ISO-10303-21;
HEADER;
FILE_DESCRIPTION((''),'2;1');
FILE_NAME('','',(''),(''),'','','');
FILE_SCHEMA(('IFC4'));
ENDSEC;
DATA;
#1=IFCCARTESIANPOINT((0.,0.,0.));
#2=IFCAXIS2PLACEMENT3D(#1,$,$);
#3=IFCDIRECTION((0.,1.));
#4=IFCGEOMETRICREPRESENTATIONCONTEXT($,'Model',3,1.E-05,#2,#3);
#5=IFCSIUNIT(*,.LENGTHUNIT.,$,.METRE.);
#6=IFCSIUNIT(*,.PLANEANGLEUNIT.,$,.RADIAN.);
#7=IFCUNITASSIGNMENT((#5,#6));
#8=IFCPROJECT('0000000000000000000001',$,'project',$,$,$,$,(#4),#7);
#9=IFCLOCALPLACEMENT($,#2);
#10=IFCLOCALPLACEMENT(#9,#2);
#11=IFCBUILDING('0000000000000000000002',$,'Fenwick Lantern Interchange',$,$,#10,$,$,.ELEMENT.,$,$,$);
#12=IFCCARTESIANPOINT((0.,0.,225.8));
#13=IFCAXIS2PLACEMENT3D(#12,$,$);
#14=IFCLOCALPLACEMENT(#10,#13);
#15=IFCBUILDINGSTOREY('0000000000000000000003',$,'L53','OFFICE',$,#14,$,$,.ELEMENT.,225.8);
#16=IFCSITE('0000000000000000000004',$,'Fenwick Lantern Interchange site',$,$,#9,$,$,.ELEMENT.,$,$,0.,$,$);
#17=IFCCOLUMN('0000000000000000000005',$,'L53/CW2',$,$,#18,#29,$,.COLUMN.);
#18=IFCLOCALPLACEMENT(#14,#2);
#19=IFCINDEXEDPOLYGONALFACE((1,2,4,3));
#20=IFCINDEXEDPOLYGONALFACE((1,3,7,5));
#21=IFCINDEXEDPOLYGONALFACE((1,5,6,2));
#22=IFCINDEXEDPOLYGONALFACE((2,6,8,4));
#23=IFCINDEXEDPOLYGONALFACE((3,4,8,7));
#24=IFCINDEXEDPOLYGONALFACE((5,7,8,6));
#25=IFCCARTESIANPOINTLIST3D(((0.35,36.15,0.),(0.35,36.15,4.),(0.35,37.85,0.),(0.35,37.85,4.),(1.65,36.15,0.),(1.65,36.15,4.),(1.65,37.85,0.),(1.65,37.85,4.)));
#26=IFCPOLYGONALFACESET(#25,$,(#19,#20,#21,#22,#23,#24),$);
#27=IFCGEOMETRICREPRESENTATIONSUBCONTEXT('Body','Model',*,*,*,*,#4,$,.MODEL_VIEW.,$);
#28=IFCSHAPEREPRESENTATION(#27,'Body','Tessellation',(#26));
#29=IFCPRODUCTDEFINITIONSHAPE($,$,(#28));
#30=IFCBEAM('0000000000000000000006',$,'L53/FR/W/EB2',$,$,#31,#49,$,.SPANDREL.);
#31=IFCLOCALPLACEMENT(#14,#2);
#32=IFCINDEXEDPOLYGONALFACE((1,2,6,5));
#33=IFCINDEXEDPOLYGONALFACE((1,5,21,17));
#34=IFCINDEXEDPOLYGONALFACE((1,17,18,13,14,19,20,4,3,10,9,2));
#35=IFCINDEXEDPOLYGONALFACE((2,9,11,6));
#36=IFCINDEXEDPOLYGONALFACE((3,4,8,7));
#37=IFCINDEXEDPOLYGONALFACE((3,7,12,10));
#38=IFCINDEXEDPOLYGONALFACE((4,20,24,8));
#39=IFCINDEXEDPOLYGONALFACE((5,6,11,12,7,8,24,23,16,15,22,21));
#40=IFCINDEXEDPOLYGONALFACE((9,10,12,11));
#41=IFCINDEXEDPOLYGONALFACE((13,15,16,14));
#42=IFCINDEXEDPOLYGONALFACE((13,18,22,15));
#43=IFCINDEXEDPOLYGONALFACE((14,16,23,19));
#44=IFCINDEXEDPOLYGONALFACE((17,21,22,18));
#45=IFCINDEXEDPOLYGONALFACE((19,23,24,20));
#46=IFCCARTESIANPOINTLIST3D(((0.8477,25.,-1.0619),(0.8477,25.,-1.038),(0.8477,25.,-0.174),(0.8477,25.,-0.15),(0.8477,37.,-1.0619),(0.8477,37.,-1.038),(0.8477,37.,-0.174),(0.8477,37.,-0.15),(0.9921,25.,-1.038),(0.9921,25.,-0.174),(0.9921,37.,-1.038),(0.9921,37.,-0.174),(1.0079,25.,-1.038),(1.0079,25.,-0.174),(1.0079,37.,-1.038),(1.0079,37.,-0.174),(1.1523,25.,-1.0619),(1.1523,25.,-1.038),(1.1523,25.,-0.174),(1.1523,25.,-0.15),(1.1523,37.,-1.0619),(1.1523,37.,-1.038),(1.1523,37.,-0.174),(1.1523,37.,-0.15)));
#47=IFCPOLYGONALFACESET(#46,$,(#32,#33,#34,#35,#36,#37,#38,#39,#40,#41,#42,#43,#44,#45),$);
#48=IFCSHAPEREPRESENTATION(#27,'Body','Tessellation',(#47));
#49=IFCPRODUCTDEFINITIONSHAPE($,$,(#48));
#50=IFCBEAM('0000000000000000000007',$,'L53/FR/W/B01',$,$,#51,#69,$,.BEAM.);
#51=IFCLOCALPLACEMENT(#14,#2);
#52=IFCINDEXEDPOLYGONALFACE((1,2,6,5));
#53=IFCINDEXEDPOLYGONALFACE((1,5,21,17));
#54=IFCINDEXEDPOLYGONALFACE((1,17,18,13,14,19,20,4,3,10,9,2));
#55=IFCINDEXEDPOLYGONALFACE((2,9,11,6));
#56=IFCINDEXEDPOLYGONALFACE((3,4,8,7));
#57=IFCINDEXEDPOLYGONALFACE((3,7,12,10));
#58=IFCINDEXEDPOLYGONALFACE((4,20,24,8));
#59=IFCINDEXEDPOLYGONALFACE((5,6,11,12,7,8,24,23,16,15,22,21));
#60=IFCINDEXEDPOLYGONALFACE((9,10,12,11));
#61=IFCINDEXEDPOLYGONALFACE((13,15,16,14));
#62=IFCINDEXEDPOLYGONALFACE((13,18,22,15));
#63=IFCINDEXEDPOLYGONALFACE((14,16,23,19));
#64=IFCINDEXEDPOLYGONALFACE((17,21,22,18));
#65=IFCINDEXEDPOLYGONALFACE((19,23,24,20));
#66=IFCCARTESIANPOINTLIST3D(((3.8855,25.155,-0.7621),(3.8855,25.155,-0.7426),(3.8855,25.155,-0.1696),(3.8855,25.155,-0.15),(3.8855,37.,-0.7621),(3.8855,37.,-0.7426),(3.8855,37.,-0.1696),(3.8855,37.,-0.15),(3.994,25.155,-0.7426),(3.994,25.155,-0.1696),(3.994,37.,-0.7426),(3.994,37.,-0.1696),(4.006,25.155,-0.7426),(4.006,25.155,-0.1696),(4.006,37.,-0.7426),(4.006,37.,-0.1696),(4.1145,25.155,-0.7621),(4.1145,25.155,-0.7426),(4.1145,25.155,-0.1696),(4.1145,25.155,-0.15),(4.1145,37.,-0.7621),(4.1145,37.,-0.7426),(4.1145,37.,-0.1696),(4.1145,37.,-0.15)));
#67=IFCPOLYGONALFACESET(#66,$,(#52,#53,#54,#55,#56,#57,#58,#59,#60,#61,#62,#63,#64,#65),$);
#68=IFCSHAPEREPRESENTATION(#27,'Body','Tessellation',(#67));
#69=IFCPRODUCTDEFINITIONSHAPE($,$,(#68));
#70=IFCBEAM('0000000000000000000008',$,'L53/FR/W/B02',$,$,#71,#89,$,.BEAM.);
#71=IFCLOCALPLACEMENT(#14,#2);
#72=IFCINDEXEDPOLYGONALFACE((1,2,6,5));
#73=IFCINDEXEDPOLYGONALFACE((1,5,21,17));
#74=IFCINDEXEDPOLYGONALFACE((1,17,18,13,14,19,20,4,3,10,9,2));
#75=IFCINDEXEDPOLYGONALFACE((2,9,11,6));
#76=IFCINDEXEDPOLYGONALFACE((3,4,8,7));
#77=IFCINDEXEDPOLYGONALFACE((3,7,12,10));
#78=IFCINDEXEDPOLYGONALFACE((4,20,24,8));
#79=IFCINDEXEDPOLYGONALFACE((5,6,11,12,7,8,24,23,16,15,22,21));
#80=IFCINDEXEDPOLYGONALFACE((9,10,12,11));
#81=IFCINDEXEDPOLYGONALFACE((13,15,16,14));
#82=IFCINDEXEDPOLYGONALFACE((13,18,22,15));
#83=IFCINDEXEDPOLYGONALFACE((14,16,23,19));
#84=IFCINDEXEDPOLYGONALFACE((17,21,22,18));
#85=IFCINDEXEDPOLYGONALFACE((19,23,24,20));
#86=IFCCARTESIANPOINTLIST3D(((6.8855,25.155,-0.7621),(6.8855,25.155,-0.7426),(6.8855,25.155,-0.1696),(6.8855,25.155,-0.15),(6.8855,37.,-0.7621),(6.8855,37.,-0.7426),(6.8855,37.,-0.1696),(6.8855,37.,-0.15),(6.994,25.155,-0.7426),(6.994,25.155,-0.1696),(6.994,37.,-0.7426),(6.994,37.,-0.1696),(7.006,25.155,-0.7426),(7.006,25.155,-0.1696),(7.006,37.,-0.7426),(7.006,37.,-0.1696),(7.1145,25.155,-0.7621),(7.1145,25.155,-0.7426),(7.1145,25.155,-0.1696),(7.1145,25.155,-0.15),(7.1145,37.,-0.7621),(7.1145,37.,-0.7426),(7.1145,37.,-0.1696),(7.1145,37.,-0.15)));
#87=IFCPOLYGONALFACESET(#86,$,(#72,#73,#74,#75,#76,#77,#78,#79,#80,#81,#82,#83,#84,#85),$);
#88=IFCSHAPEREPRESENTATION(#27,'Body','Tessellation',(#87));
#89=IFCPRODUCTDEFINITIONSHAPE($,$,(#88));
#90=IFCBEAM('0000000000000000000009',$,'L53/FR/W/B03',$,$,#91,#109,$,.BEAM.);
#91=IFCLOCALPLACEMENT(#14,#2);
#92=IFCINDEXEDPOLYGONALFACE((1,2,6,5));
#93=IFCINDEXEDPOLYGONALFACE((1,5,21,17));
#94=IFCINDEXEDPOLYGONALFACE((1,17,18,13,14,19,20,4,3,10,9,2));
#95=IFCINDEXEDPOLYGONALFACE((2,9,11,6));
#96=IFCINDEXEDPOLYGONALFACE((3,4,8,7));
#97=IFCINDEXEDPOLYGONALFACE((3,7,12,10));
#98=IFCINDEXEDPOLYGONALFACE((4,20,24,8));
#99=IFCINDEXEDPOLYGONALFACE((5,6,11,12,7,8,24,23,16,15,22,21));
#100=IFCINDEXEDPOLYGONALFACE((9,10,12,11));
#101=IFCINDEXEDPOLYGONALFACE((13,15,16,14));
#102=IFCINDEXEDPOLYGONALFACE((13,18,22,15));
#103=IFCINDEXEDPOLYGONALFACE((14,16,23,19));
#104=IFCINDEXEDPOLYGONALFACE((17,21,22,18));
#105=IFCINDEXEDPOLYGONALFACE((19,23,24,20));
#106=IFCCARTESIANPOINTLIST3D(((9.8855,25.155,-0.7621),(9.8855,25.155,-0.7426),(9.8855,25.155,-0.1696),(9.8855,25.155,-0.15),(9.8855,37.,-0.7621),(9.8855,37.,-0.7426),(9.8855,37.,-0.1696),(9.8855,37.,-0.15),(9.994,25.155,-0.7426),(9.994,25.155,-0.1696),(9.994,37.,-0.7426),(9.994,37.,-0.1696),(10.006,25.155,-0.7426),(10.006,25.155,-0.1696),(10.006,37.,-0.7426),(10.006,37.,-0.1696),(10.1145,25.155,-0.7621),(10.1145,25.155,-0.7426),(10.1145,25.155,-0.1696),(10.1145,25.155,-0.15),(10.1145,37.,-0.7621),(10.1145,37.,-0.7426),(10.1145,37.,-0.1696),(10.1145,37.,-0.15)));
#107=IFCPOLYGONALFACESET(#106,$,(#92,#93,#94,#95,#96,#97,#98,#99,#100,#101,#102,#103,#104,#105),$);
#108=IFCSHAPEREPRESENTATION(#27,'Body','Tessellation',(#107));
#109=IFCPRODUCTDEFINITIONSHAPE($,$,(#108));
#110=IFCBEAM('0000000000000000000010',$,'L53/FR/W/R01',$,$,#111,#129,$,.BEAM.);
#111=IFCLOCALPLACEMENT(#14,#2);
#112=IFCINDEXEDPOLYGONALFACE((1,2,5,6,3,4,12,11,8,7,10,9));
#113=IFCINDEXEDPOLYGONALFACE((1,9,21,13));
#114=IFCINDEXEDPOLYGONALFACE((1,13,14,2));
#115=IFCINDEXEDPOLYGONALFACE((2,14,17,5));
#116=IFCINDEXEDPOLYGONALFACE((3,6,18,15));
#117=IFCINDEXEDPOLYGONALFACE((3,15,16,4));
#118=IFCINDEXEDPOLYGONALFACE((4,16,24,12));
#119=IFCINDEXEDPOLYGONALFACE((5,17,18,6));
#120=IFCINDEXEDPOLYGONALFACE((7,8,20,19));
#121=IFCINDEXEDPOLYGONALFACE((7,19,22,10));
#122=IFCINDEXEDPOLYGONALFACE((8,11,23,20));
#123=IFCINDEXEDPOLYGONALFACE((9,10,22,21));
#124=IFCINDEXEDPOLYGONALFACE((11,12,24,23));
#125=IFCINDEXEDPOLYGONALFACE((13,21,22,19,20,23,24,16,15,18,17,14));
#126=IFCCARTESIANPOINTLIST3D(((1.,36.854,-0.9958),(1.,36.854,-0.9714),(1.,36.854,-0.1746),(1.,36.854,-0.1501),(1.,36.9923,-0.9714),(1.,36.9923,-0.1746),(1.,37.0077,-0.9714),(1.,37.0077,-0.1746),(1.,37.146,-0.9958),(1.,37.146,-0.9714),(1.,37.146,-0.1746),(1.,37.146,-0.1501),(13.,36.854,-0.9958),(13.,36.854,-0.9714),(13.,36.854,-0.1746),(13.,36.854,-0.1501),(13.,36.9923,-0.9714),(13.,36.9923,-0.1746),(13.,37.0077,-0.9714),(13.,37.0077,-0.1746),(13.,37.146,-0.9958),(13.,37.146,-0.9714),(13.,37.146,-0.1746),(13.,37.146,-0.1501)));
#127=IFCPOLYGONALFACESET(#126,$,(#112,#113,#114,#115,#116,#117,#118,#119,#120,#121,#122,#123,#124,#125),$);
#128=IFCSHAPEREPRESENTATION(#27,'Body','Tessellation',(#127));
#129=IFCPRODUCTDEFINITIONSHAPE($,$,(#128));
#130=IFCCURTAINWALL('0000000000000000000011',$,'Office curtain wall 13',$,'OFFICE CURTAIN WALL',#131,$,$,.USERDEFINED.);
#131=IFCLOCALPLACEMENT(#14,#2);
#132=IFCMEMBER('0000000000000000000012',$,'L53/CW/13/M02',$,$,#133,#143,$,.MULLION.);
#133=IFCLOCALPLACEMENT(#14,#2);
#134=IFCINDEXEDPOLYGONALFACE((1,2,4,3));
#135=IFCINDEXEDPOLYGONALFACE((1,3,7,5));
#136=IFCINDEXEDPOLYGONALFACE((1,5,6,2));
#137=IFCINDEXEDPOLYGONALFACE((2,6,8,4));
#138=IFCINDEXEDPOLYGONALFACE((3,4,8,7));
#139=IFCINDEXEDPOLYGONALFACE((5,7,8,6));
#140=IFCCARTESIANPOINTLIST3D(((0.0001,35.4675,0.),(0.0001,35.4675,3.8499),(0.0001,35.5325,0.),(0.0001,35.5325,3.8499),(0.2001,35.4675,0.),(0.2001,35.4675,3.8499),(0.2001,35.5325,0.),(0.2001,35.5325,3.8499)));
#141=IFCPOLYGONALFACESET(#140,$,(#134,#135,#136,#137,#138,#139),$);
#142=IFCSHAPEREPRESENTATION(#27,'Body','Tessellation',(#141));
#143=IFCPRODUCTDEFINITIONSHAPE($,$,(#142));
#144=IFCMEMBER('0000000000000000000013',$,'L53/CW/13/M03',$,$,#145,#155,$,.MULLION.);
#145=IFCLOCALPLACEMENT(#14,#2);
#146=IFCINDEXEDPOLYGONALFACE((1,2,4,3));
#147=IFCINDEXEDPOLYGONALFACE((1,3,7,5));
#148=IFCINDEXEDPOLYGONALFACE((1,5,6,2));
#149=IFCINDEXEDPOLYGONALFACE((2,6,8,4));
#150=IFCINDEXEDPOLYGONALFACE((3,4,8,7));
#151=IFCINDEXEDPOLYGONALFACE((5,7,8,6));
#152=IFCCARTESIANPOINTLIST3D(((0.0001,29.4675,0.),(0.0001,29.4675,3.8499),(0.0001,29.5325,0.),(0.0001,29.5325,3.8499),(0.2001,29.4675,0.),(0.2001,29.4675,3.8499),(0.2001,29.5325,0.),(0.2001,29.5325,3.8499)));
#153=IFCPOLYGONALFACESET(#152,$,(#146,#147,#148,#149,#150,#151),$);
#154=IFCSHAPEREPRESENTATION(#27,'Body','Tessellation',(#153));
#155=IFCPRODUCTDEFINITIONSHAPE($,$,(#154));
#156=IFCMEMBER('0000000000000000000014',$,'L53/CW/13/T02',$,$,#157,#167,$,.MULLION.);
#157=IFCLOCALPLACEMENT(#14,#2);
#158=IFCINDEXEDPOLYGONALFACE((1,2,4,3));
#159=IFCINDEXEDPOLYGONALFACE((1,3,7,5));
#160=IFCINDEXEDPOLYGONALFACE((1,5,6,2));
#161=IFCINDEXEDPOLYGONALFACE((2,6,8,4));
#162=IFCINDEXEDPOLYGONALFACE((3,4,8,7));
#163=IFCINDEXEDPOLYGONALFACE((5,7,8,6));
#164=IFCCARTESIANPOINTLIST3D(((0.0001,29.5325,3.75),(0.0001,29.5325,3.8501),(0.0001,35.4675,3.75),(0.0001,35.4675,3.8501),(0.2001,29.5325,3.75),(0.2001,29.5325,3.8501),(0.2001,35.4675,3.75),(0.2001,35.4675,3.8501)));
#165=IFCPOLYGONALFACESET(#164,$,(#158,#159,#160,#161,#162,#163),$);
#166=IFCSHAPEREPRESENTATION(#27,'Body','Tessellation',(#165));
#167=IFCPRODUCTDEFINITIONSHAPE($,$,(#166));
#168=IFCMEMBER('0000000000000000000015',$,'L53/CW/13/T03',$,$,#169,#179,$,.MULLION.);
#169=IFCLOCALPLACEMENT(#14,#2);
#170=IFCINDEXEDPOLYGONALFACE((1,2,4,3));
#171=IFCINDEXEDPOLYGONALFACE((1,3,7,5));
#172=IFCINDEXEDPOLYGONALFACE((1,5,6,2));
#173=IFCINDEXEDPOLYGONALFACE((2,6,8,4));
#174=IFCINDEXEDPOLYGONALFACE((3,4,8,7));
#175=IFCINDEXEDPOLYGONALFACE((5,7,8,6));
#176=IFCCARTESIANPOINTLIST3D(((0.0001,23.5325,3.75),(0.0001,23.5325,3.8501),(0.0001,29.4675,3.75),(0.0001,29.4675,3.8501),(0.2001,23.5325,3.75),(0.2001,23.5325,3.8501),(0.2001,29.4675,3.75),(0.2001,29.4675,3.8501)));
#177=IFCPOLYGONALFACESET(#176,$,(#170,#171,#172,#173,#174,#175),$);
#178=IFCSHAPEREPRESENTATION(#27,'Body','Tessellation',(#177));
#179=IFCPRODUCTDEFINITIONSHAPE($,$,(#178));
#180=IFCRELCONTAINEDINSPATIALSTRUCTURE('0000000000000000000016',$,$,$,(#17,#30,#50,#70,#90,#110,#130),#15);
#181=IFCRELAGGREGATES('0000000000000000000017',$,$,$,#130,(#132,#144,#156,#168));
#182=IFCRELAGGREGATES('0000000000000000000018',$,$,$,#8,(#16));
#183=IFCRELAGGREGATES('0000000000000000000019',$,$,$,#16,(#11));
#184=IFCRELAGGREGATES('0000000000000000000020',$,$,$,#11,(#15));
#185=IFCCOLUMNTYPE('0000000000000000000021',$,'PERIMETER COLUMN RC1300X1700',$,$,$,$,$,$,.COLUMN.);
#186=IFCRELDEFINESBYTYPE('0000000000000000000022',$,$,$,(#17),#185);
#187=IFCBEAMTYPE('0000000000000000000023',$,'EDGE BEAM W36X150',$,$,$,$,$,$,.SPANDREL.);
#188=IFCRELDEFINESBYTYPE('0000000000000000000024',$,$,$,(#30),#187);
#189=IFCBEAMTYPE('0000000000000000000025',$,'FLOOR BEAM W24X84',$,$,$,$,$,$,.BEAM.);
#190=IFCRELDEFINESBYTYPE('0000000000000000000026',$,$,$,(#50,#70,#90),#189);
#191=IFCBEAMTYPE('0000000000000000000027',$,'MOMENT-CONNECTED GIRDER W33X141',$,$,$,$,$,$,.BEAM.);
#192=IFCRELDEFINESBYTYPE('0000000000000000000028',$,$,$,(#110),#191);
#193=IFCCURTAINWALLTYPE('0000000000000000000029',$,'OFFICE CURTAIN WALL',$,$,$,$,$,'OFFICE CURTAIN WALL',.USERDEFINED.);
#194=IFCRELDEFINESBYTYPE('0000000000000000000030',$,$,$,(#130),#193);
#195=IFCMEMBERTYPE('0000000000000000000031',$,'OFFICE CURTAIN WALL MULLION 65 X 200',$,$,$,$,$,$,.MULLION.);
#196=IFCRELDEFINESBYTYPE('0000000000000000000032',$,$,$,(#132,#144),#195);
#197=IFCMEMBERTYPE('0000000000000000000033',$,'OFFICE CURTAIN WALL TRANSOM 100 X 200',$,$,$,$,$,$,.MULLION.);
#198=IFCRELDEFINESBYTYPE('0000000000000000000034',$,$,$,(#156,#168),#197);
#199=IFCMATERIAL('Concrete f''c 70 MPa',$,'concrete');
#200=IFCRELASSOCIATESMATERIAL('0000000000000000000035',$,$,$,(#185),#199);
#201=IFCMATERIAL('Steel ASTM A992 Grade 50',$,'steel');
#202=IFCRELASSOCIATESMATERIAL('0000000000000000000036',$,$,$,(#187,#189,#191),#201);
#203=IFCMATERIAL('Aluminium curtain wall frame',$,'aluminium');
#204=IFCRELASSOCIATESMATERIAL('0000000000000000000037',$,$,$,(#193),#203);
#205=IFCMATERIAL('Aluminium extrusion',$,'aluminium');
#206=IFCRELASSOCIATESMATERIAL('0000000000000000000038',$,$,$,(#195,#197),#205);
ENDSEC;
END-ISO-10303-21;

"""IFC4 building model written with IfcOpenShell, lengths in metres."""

from ifc_helpers import new_model, si_unit, direction, frame, origin, origin_2d, place, context, subcontext, project, spatial, rectangle, i_section, extrude, material, material_profile, profile_set, type_object, element, aggregate, save


model = new_model("IFC4")

# Units and contexts
model_context = context("Model", 3, precision=1e-05, world=origin(), true_north=direction((0.0, 1.0)))
body_context = subcontext(model_context, "Body", "Model", "MODEL_VIEW")
ifc_project = project(units=[si_unit("LENGTHUNIT", "METRE"), si_unit("PLANEANGLEUNIT", "RADIAN")], contexts=[model_context])

# Site, building, storey
site_placement = place(None, origin())
site = spatial("IfcSite", under=ifc_project, at=site_placement, Name="Fenwick Lantern Interchange site", CompositionType="ELEMENT", RefElevation=0.0)
building_placement = place(site_placement, origin())
building = spatial("IfcBuilding", under=site, at=building_placement, Name="Fenwick Lantern Interchange", CompositionType="ELEMENT")
storey_placement = place(building_placement, frame((0.0, 0.0, 225.8)))
storey = spatial("IfcBuildingStorey", under=building, at=storey_placement, Name="L53", Description="OFFICE", CompositionType="ELEMENT", Elevation=225.8)

# Column
ifc_material_1 = material(Name="Concrete f'c 70 MPa", Category="concrete")
ifc_material_profile_1 = material_profile(ifc_material_1, rectangle(XDim=1.3, YDim=1.7, at=origin_2d()), Name="RC1300X1700")
ifc_profile_set_1 = profile_set([ifc_material_profile_1], Name="Concrete f'c 70 MPa")
column_type = type_object("IfcColumnType", Name="PERIMETER COLUMN RC1300X1700", PredefinedType="COLUMN", material=ifc_profile_set_1)
column_placement = place(storey_placement, frame((1.0, 37.0, 0.0), z_axis=(0.0, 0.0, 1.0), x_axis=(1.0, 0.0, 0.0)))
element("IfcColumn", 1, at=column_placement, inside=storey, type_object=column_type, Name="L53/CW2", PredefinedType="COLUMN", context=body_context, shape_type="SweptSolid", body=[
    extrude(rectangle(XDim=1.3, YDim=1.7, at=origin_2d()), origin(), (0.0, 0.0, 1.0), 4.0),
])

# Beams
ifc_material_2 = material(Name="Steel ASTM A992 Grade 50", Category="steel")
ifc_material_profile_2 = material_profile(ifc_material_2, i_section(OverallWidth=0.3047, OverallDepth=0.9119, WebThickness=0.0159, FlangeThickness=0.0239, at=origin_2d()), Name="W36X150")
ifc_profile_set_2 = profile_set([ifc_material_profile_2], Name="Steel ASTM A992 Grade 50")
beam_type_1 = type_object("IfcBeamType", Name="EDGE BEAM W36X150", PredefinedType="SPANDREL", material=ifc_profile_set_2)
beam_1_placement = place(storey_placement, frame((1.0, 37.0, -0.606), z_axis=(0.0, -1.0, 0.0), x_axis=(1.0, 0.0, 0.0)))
element("IfcBeam", 2, at=beam_1_placement, inside=storey, type_object=beam_type_1, Name="L53/FR/W/EB2", PredefinedType="SPANDREL", context=body_context, shape_type="SweptSolid", body=[
    extrude(i_section(OverallWidth=0.3047, OverallDepth=0.9119, WebThickness=0.0159, FlangeThickness=0.0239, at=origin_2d()), origin(), (0.0, 0.0, 1.0), 12.0),
])
ifc_material_profile_3 = material_profile(ifc_material_2, i_section(OverallWidth=0.229, OverallDepth=0.6121, WebThickness=0.012, FlangeThickness=0.0195, at=origin_2d()), Name="W24X84")
ifc_profile_set_3 = profile_set([ifc_material_profile_3], Name="Steel ASTM A992 Grade 50")
beam_type_2 = type_object("IfcBeamType", Name="FLOOR BEAM W24X84", PredefinedType="BEAM", material=ifc_profile_set_3)
for number, where, z_axis, x_axis, name in (
    (3, (4.0, 37.0, -0.4561), (0.0, -1.0, 0.0), (1.0, 0.0, 0.0), "L53/FR/W/B01"),
    (4, (7.0, 37.0, -0.4561), (0.0, -1.0, 0.0), (1.0, 0.0, 0.0), "L53/FR/W/B02"),
    (5, (10.0, 37.0, -0.4561), (0.0, -1.0, 0.0), (1.0, 0.0, 0.0), "L53/FR/W/B03"),
):
    element("IfcBeam", number, at=place(storey_placement, frame(where, z_axis=z_axis, x_axis=x_axis)), inside=storey, type_object=beam_type_2, Name=name, PredefinedType="BEAM", context=body_context, shape_type="SweptSolid", body=[
        extrude(i_section(OverallWidth=0.229, OverallDepth=0.6121, WebThickness=0.012, FlangeThickness=0.0195, at=origin_2d()), origin(), (0.0, 0.0, 1.0), 11.845),
    ])
ifc_material_profile_4 = material_profile(ifc_material_2, i_section(OverallWidth=0.292, OverallDepth=0.8457, WebThickness=0.0154, FlangeThickness=0.0244, at=origin_2d()), Name="W33X141")
ifc_profile_set_4 = profile_set([ifc_material_profile_4], Name="Steel ASTM A992 Grade 50")
beam_type_3 = type_object("IfcBeamType", Name="MOMENT-CONNECTED GIRDER W33X141", PredefinedType="BEAM", material=ifc_profile_set_4)
beam_2_placement = place(storey_placement, frame((1.0, 37.0, -0.573), z_axis=(1.0, 0.0, 0.0), x_axis=(0.0, 1.0, 0.0)))
element("IfcBeam", 6, at=beam_2_placement, inside=storey, type_object=beam_type_3, Name="L53/FR/W/R01", PredefinedType="BEAM", context=body_context, shape_type="SweptSolid", body=[
    extrude(i_section(OverallWidth=0.292, OverallDepth=0.8457, WebThickness=0.0154, FlangeThickness=0.0244, at=origin_2d()), origin(), (0.0, 0.0, 1.0), 12.0),
])

# Curtain wall, members
ifc_material_3 = material(Name="Aluminium curtain wall frame", Category="aluminium")
curtain_wall_type = type_object("IfcCurtainWallType", Name="OFFICE CURTAIN WALL", ElementType="OFFICE CURTAIN WALL", PredefinedType="USERDEFINED", material=ifc_material_3)
curtain_wall_placement = place(storey_placement, origin())
curtain_wall = element("IfcCurtainWall", 7, at=curtain_wall_placement, inside=storey, type_object=curtain_wall_type, Name="Office curtain wall 13", ObjectType="OFFICE CURTAIN WALL", PredefinedType="USERDEFINED")
ifc_material_4 = material(Name="Aluminium extrusion", Category="aluminium")
ifc_material_profile_5 = material_profile(ifc_material_4, rectangle(XDim=0.2, YDim=0.0649, at=origin_2d()), Name="OFFICE CURTAIN WALL MULLION 65 X 200")
ifc_profile_set_5 = profile_set([ifc_material_profile_5], Name="Aluminium extrusion")
member_type_1 = type_object("IfcMemberType", Name="OFFICE CURTAIN WALL MULLION 65 X 200", PredefinedType="MULLION", material=ifc_profile_set_5)
member_1_placement = place(storey_placement, frame((0.1001, 35.5, 0.0), z_axis=(0.0, 0.0, 1.0), x_axis=(1.0, 0.0, 0.0)))
member_1 = element("IfcMember", 8, at=member_1_placement, type_object=member_type_1, Name="L53/CW/13/M02", PredefinedType="MULLION", context=body_context, shape_type="SweptSolid", body=[
    extrude(rectangle(XDim=0.2, YDim=0.0649, at=origin_2d()), origin(), (0.0, 0.0, 1.0), 3.8499),
])
member_2_placement = place(storey_placement, frame((0.1001, 29.5, 0.0), z_axis=(0.0, 0.0, 1.0), x_axis=(1.0, 0.0, 0.0)))
member_2 = element("IfcMember", 9, at=member_2_placement, type_object=member_type_1, Name="L53/CW/13/M03", PredefinedType="MULLION", context=body_context, shape_type="SweptSolid", body=[
    extrude(rectangle(XDim=0.2, YDim=0.0649, at=origin_2d()), origin(), (0.0, 0.0, 1.0), 3.8499),
])
ifc_material_profile_6 = material_profile(ifc_material_4, rectangle(XDim=0.2, YDim=0.1001, at=origin_2d()), Name="OFFICE CURTAIN WALL TRANSOM 100 X 200")
ifc_profile_set_6 = profile_set([ifc_material_profile_6], Name="Aluminium extrusion")
member_type_2 = type_object("IfcMemberType", Name="OFFICE CURTAIN WALL TRANSOM 100 X 200", PredefinedType="MULLION", material=ifc_profile_set_6)
member_3_placement = place(storey_placement, frame((0.1001, 35.4675, 3.8), z_axis=(0.0, -1.0, 0.0), x_axis=(1.0, 0.0, 0.0)))
member_3 = element("IfcMember", 10, at=member_3_placement, type_object=member_type_2, Name="L53/CW/13/T02", PredefinedType="MULLION", context=body_context, shape_type="SweptSolid", body=[
    extrude(rectangle(XDim=0.2, YDim=0.1001, at=origin_2d()), origin(), (0.0, 0.0, 1.0), 5.9351),
])
member_4_placement = place(storey_placement, frame((0.1001, 29.4675, 3.8), z_axis=(0.0, -1.0, 0.0), x_axis=(1.0, 0.0, 0.0)))
member_4 = element("IfcMember", 11, at=member_4_placement, type_object=member_type_2, Name="L53/CW/13/T03", PredefinedType="MULLION", context=body_context, shape_type="SweptSolid", body=[
    extrude(rectangle(XDim=0.2, YDim=0.1001, at=origin_2d()), origin(), (0.0, 0.0, 1.0), 5.9351),
])
aggregate(curtain_wall, [member_1, member_2, member_3, member_4])

save(model, "model.ifc")
